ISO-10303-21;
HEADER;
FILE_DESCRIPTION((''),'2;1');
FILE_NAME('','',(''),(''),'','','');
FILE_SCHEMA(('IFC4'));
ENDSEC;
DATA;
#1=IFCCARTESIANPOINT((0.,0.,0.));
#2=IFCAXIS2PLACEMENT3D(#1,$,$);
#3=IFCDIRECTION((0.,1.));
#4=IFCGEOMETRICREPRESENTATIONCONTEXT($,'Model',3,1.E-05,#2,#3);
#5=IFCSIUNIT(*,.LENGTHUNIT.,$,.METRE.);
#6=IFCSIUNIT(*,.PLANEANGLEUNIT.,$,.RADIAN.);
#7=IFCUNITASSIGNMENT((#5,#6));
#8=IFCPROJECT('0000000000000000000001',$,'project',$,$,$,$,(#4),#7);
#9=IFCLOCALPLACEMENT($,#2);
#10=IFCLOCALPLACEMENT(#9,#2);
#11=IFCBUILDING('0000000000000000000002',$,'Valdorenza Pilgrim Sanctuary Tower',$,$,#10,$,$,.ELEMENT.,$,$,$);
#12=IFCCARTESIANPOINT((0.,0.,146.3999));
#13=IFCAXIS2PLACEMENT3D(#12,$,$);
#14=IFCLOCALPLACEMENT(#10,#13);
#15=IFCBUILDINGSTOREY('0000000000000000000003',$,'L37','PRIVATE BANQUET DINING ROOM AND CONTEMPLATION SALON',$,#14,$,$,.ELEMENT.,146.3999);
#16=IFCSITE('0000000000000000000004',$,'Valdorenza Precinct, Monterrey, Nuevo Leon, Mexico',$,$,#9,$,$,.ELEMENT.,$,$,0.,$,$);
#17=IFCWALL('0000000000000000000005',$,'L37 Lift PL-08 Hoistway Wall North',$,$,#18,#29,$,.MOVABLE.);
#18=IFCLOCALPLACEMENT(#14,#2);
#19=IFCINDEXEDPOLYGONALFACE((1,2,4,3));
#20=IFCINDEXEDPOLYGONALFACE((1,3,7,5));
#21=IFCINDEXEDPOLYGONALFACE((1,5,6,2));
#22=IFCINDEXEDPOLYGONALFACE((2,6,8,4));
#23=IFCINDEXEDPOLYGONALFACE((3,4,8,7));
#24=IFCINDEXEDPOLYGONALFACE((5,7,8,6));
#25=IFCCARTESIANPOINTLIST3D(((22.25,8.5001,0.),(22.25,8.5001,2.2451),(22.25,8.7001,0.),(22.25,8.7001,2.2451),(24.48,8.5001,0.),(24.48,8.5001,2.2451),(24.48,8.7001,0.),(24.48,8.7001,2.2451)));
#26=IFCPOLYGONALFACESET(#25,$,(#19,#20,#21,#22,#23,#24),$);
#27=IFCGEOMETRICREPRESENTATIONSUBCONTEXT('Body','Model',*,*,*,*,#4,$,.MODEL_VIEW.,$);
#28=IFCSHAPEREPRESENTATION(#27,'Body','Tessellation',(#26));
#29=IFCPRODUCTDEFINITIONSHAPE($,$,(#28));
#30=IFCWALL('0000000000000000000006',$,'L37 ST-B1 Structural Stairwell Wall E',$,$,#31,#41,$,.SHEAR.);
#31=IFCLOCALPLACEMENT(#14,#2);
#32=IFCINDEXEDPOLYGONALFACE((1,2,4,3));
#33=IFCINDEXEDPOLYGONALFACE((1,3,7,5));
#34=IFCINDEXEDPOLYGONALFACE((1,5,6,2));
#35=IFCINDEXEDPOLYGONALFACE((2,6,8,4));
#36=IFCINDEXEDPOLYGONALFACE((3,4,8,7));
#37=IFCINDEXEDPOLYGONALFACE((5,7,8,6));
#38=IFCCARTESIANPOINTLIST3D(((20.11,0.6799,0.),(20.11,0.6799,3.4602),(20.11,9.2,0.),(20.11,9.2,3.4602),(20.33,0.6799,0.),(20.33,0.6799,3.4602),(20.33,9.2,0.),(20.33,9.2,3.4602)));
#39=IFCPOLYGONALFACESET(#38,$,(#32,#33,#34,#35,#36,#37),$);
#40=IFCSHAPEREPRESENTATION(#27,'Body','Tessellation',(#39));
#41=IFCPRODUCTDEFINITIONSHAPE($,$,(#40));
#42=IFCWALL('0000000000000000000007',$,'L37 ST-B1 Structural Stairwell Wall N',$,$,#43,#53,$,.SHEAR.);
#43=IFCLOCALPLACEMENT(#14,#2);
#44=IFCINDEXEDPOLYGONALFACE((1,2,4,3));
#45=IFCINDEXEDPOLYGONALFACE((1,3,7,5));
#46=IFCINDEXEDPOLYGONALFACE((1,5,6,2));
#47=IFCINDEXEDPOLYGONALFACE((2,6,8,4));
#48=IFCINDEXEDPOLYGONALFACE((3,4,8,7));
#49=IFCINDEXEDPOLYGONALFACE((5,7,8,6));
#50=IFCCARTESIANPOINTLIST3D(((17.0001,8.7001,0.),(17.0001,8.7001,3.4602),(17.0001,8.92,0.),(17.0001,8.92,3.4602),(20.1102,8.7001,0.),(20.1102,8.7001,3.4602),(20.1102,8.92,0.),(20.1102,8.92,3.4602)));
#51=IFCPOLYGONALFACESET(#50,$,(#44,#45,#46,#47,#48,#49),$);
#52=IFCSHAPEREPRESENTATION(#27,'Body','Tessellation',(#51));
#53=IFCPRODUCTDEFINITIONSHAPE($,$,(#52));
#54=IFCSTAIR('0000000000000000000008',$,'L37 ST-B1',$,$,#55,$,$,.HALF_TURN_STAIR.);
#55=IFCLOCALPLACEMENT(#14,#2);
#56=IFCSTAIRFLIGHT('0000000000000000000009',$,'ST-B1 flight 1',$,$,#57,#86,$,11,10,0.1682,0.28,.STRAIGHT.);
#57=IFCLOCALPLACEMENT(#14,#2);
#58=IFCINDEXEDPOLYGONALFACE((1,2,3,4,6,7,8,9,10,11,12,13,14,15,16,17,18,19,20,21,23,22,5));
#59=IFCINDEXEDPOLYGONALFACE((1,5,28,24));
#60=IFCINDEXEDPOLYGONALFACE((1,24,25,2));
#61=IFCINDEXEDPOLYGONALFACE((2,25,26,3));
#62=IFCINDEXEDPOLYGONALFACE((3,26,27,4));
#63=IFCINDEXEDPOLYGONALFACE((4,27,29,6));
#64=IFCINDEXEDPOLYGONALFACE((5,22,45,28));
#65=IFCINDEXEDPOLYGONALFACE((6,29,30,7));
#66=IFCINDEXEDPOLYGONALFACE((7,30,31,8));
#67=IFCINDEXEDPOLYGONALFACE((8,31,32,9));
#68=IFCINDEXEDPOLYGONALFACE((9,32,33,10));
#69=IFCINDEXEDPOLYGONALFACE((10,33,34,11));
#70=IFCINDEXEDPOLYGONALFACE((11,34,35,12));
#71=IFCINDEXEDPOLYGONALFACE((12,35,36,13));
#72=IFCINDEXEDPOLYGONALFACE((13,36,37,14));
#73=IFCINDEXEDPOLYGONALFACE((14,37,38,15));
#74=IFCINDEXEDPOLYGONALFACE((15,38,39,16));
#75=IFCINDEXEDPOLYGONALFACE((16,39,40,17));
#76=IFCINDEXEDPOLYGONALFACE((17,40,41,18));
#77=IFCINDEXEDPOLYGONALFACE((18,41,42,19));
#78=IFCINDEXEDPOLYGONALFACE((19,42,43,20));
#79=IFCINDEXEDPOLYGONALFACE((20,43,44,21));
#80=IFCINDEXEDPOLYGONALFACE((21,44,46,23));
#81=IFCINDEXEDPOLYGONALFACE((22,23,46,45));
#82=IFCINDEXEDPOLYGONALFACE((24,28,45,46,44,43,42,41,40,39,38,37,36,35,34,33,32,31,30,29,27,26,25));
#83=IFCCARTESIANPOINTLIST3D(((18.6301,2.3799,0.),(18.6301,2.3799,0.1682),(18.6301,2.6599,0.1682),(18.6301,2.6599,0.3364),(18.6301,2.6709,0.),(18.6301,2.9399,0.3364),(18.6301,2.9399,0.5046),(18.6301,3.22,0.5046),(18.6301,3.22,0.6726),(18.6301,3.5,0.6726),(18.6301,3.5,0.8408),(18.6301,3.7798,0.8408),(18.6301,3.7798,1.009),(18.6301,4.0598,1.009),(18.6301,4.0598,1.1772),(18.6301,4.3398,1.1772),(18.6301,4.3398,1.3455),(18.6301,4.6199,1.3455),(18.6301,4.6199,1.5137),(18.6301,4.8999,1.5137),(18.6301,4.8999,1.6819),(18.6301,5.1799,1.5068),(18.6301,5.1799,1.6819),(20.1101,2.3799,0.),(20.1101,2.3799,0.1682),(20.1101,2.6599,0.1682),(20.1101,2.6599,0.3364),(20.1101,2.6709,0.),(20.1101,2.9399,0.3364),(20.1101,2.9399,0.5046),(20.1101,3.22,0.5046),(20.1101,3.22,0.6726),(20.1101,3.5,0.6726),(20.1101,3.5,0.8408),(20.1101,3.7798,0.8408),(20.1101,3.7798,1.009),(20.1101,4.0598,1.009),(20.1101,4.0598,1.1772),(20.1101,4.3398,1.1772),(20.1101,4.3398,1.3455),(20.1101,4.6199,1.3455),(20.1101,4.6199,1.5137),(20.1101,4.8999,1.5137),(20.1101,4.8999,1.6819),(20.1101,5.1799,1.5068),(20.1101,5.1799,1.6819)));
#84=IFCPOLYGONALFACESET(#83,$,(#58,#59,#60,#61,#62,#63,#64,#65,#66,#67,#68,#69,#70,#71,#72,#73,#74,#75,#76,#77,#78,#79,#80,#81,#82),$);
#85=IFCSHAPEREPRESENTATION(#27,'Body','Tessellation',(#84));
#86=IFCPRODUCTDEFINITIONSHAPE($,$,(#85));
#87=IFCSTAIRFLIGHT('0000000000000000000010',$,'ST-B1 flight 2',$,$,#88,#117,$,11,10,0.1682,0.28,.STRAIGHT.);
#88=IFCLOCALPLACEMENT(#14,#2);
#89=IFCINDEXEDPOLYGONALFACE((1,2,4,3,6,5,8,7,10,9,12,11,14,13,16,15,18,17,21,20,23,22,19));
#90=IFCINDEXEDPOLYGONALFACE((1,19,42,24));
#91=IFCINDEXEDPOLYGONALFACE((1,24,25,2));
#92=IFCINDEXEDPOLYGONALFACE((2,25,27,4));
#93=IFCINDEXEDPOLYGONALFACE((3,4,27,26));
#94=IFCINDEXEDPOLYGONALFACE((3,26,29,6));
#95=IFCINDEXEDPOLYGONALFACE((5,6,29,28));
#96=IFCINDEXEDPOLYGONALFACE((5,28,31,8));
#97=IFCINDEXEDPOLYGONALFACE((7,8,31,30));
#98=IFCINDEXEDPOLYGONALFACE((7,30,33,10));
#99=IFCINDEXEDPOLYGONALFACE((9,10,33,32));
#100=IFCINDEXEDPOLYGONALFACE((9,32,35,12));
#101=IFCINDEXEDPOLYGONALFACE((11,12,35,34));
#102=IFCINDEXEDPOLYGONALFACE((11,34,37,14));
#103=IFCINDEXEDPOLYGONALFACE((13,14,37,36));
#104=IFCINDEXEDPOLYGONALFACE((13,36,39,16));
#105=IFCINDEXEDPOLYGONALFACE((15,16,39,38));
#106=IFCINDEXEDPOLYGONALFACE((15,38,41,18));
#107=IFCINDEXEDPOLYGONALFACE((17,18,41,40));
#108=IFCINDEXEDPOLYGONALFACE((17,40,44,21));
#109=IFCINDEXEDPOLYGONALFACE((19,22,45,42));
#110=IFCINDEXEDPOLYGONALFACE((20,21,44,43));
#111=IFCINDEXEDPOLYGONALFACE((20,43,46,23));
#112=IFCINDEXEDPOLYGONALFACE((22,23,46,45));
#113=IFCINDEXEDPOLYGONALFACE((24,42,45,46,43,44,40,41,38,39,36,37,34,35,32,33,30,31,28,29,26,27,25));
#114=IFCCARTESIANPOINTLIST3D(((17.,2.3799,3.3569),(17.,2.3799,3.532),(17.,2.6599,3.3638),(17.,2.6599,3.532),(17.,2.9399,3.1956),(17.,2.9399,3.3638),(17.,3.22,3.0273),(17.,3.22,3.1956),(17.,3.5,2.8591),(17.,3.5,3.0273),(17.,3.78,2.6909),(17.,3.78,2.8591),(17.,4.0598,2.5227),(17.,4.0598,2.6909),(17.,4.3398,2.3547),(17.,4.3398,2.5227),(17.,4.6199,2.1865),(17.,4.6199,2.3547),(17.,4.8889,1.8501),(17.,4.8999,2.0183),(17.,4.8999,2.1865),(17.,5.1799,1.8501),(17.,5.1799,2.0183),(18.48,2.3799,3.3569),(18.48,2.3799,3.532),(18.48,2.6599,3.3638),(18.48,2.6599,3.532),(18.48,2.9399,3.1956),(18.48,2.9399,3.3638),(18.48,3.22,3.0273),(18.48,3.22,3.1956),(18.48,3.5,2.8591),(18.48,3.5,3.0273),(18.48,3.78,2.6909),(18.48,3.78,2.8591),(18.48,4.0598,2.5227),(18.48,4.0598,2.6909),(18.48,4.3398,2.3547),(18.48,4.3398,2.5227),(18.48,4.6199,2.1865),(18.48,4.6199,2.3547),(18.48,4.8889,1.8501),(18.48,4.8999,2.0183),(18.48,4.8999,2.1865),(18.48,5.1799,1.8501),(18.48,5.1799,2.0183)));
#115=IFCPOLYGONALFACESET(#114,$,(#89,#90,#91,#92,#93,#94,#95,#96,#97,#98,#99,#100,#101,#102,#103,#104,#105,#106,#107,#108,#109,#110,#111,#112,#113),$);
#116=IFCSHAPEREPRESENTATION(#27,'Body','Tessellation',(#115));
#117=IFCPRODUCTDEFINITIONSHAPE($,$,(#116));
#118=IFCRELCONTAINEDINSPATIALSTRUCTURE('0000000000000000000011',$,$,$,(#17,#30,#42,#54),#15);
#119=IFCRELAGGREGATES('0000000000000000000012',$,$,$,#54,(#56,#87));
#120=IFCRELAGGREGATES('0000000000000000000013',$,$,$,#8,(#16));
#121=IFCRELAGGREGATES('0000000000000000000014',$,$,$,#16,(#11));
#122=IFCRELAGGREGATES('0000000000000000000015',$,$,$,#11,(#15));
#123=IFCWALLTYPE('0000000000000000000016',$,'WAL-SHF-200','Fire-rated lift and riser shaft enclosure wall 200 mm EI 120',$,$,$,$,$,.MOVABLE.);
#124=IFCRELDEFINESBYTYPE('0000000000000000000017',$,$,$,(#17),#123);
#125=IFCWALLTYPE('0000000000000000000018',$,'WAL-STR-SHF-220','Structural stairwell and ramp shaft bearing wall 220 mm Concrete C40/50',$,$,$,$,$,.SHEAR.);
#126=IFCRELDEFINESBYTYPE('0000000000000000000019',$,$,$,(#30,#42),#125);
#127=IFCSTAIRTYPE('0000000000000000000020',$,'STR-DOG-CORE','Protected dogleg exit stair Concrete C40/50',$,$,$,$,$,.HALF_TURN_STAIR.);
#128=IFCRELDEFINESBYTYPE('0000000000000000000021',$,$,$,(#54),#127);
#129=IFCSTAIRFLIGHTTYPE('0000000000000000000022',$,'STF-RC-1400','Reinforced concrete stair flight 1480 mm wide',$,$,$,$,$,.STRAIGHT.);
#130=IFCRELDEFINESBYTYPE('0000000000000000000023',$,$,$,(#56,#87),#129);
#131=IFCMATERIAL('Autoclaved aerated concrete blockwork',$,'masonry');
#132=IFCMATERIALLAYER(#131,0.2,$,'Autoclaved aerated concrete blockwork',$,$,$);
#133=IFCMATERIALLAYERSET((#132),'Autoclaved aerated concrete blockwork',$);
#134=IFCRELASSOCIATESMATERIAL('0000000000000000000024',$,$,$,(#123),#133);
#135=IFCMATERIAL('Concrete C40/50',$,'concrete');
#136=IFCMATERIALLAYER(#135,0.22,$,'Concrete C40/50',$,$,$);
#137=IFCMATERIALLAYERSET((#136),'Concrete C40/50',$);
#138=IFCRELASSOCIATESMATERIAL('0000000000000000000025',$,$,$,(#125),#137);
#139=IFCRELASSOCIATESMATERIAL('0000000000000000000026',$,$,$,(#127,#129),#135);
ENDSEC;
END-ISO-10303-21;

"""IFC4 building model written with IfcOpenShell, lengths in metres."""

from ifc_helpers import new_model, si_unit, direction, frame, frame_2d, origin, place, context, subcontext, project, spatial, polyline, rectangle, outline, extrude, material, layer, layer_set, type_object, element, aggregate, save


model = new_model("IFC4")

# Units and contexts
model_context = context("Model", 3, precision=1e-05, world=origin(), true_north=direction((0.0, 1.0)))
body_context = subcontext(model_context, "Body", "Model", "MODEL_VIEW")
ifc_project = project(units=[si_unit("LENGTHUNIT", "METRE"), si_unit("PLANEANGLEUNIT", "RADIAN")], contexts=[model_context])

# Site, building, storey
site_placement = place(None, origin())
site = spatial("IfcSite", under=ifc_project, at=site_placement, Name="Valdorenza Precinct, Monterrey, Nuevo Leon, Mexico", CompositionType="ELEMENT", RefElevation=0.0)
building_placement = place(site_placement, origin())
building = spatial("IfcBuilding", under=site, at=building_placement, Name="Valdorenza Pilgrim Sanctuary Tower", CompositionType="ELEMENT")
storey_placement = place(building_placement, frame((0.0, 0.0, 146.3999)))
storey = spatial("IfcBuildingStorey", under=building, at=storey_placement, Name="L37", Description="PRIVATE BANQUET DINING ROOM AND CONTEMPLATION SALON", CompositionType="ELEMENT", Elevation=146.3999)

# Shared definitions
ifc_material_1 = material(Name="Autoclaved aerated concrete blockwork", Category="masonry")
ifc_layer_1 = layer(ifc_material_1, 0.2, Name="Autoclaved aerated concrete blockwork")
ifc_layer_set_1 = layer_set([ifc_layer_1], Name="Autoclaved aerated concrete blockwork")
wall_type_1 = type_object("IfcWallType", Name="WAL-SHF-200", Description="Fire-rated lift and riser shaft enclosure wall 200 mm EI 120", PredefinedType="MOVABLE", material=ifc_layer_set_1)

# Walls
wall_1_placement = place(storey_placement, frame((22.25, 8.6001, 0.0), z_axis=(0.0, 0.0, 1.0), x_axis=(1.0, 0.0, 0.0)))
element("IfcWall", 1, at=wall_1_placement, inside=storey, type_object=wall_type_1, Name="L37 Lift PL-08 Hoistway Wall North", PredefinedType="MOVABLE", context=body_context, shape_type="SweptSolid", body=[
    extrude(rectangle(XDim=2.23, YDim=0.2, at=frame_2d((1.115, 0.0))), origin(), (0.0, 0.0, 1.0), 2.2451),
])
ifc_material_2 = material(Name="Concrete C40/50", Category="concrete")
ifc_layer_2 = layer(ifc_material_2, 0.22, Name="Concrete C40/50")
ifc_layer_set_2 = layer_set([ifc_layer_2], Name="Concrete C40/50")
wall_type_2 = type_object("IfcWallType", Name="WAL-STR-SHF-220", Description="Structural stairwell and ramp shaft bearing wall 220 mm Concrete C40/50", PredefinedType="SHEAR", material=ifc_layer_set_2)
wall_2_placement = place(storey_placement, frame((20.22, 0.6799, 0.0), z_axis=(0.0, 0.0, 1.0), x_axis=(0.0, 1.0, 0.0)))
element("IfcWall", 2, at=wall_2_placement, inside=storey, type_object=wall_type_2, Name="L37 ST-B1 Structural Stairwell Wall E", PredefinedType="SHEAR", context=body_context, shape_type="SweptSolid", body=[
    extrude(rectangle(XDim=8.52, YDim=0.22, at=frame_2d((4.26, 0.0))), origin(), (0.0, 0.0, 1.0), 3.4602),
])

# Wall
wall_3_placement = place(storey_placement, frame((17.0, 8.8101, 0.0), z_axis=(0.0, 0.0, 1.0), x_axis=(1.0, 0.0, 0.0)))
element("IfcWall", 3, at=wall_3_placement, inside=storey, type_object=wall_type_2, Name="L37 ST-B1 Structural Stairwell Wall N", PredefinedType="SHEAR", context=body_context, shape_type="SweptSolid", body=[
    extrude(rectangle(XDim=3.1101, YDim=0.22, at=frame_2d((1.5552, 0.0))), origin(), (0.0, 0.0, 1.0), 3.4602),
])

# Stair, stair flights
stair_type = type_object("IfcStairType", Name="STR-DOG-CORE", Description="Protected dogleg exit stair Concrete C40/50", PredefinedType="HALF_TURN_STAIR", material=ifc_material_2)
stair_placement = place(storey_placement, origin())
stair = element("IfcStair", 4, at=stair_placement, inside=storey, type_object=stair_type, Name="L37 ST-B1", PredefinedType="HALF_TURN_STAIR")
stair_flight_type = type_object("IfcStairFlightType", Name="STF-RC-1400", Description="Reinforced concrete stair flight 1480 mm wide", PredefinedType="STRAIGHT", material=ifc_material_2)
stair_flight_1_placement = place(storey_placement, frame((19.3701, 2.3799, 0.0), z_axis=(0.0, 0.0, 1.0), x_axis=(0.0, 1.0, 0.0)))
stair_flight_1 = element("IfcStairFlight", 5, at=stair_flight_1_placement, type_object=stair_flight_type, Name="ST-B1 flight 1", NumberOfRisers=11, NumberOfTreads=10, PredefinedType="STRAIGHT", RiserHeight=0.1682, TreadLength=0.28, context=body_context, shape_type="SweptSolid", body=[
    extrude(outline(polyline([(0.0, 0.0), (0.0, 0.1682), (0.28, 0.1682), (0.28, 0.3364), (0.5601, 0.3364), (0.5601, 0.5046), (0.8401, 0.5046), (0.8401, 0.6726), (1.1201, 0.6726), (1.1201, 0.8408), (1.3999, 0.8408), (1.3999, 1.009), (1.6799, 1.009), (1.6799, 1.1772), (1.96, 1.1772), (1.96, 1.3455), (2.24, 1.3455), (2.24, 1.5137), (2.52, 1.5137), (2.52, 1.6819), (2.8, 1.6819), (2.8, 1.8501), (2.8, 1.5068), (0.291, 0.0), (0.0, 0.0)])), frame((0.0, 0.74, 0.0), z_axis=(0.0, -1.0, 0.0), x_axis=(1.0, 0.0, 0.0)), (0.0, 0.0, 1.0), 1.48),
])
stair_flight_2_placement = place(storey_placement, frame((17.74, 5.1799, 1.8501), z_axis=(0.0, 0.0, 1.0), x_axis=(0.0, -1.0, 0.0)))
stair_flight_2 = element("IfcStairFlight", 6, at=stair_flight_2_placement, type_object=stair_flight_type, Name="ST-B1 flight 2", NumberOfRisers=11, NumberOfTreads=10, PredefinedType="STRAIGHT", RiserHeight=0.1682, TreadLength=0.28, context=body_context, shape_type="SweptSolid", body=[
    extrude(outline(polyline([(0.0, 0.0), (0.0, 0.1682), (0.28, 0.1682), (0.28, 0.3364), (0.5601, 0.3364), (0.5601, 0.5046), (0.8401, 0.5046), (0.8401, 0.6726), (1.1201, 0.6726), (1.1201, 0.8408), (1.3999, 0.8408), (1.3999, 1.009), (1.6799, 1.009), (1.6799, 1.1772), (1.96, 1.1772), (1.96, 1.3455), (2.24, 1.3455), (2.24, 1.5137), (2.52, 1.5137), (2.52, 1.6819), (2.8, 1.6819), (2.8, 1.8501), (2.8, 1.5068), (0.291, 0.0), (0.0, 0.0)])), frame((0.0, 0.74, 0.0), z_axis=(0.0, -1.0, 0.0), x_axis=(1.0, 0.0, 0.0)), (0.0, 0.0, 1.0), 1.48),
])
aggregate(stair, [stair_flight_1, stair_flight_2])

save(model, "model.ifc")
